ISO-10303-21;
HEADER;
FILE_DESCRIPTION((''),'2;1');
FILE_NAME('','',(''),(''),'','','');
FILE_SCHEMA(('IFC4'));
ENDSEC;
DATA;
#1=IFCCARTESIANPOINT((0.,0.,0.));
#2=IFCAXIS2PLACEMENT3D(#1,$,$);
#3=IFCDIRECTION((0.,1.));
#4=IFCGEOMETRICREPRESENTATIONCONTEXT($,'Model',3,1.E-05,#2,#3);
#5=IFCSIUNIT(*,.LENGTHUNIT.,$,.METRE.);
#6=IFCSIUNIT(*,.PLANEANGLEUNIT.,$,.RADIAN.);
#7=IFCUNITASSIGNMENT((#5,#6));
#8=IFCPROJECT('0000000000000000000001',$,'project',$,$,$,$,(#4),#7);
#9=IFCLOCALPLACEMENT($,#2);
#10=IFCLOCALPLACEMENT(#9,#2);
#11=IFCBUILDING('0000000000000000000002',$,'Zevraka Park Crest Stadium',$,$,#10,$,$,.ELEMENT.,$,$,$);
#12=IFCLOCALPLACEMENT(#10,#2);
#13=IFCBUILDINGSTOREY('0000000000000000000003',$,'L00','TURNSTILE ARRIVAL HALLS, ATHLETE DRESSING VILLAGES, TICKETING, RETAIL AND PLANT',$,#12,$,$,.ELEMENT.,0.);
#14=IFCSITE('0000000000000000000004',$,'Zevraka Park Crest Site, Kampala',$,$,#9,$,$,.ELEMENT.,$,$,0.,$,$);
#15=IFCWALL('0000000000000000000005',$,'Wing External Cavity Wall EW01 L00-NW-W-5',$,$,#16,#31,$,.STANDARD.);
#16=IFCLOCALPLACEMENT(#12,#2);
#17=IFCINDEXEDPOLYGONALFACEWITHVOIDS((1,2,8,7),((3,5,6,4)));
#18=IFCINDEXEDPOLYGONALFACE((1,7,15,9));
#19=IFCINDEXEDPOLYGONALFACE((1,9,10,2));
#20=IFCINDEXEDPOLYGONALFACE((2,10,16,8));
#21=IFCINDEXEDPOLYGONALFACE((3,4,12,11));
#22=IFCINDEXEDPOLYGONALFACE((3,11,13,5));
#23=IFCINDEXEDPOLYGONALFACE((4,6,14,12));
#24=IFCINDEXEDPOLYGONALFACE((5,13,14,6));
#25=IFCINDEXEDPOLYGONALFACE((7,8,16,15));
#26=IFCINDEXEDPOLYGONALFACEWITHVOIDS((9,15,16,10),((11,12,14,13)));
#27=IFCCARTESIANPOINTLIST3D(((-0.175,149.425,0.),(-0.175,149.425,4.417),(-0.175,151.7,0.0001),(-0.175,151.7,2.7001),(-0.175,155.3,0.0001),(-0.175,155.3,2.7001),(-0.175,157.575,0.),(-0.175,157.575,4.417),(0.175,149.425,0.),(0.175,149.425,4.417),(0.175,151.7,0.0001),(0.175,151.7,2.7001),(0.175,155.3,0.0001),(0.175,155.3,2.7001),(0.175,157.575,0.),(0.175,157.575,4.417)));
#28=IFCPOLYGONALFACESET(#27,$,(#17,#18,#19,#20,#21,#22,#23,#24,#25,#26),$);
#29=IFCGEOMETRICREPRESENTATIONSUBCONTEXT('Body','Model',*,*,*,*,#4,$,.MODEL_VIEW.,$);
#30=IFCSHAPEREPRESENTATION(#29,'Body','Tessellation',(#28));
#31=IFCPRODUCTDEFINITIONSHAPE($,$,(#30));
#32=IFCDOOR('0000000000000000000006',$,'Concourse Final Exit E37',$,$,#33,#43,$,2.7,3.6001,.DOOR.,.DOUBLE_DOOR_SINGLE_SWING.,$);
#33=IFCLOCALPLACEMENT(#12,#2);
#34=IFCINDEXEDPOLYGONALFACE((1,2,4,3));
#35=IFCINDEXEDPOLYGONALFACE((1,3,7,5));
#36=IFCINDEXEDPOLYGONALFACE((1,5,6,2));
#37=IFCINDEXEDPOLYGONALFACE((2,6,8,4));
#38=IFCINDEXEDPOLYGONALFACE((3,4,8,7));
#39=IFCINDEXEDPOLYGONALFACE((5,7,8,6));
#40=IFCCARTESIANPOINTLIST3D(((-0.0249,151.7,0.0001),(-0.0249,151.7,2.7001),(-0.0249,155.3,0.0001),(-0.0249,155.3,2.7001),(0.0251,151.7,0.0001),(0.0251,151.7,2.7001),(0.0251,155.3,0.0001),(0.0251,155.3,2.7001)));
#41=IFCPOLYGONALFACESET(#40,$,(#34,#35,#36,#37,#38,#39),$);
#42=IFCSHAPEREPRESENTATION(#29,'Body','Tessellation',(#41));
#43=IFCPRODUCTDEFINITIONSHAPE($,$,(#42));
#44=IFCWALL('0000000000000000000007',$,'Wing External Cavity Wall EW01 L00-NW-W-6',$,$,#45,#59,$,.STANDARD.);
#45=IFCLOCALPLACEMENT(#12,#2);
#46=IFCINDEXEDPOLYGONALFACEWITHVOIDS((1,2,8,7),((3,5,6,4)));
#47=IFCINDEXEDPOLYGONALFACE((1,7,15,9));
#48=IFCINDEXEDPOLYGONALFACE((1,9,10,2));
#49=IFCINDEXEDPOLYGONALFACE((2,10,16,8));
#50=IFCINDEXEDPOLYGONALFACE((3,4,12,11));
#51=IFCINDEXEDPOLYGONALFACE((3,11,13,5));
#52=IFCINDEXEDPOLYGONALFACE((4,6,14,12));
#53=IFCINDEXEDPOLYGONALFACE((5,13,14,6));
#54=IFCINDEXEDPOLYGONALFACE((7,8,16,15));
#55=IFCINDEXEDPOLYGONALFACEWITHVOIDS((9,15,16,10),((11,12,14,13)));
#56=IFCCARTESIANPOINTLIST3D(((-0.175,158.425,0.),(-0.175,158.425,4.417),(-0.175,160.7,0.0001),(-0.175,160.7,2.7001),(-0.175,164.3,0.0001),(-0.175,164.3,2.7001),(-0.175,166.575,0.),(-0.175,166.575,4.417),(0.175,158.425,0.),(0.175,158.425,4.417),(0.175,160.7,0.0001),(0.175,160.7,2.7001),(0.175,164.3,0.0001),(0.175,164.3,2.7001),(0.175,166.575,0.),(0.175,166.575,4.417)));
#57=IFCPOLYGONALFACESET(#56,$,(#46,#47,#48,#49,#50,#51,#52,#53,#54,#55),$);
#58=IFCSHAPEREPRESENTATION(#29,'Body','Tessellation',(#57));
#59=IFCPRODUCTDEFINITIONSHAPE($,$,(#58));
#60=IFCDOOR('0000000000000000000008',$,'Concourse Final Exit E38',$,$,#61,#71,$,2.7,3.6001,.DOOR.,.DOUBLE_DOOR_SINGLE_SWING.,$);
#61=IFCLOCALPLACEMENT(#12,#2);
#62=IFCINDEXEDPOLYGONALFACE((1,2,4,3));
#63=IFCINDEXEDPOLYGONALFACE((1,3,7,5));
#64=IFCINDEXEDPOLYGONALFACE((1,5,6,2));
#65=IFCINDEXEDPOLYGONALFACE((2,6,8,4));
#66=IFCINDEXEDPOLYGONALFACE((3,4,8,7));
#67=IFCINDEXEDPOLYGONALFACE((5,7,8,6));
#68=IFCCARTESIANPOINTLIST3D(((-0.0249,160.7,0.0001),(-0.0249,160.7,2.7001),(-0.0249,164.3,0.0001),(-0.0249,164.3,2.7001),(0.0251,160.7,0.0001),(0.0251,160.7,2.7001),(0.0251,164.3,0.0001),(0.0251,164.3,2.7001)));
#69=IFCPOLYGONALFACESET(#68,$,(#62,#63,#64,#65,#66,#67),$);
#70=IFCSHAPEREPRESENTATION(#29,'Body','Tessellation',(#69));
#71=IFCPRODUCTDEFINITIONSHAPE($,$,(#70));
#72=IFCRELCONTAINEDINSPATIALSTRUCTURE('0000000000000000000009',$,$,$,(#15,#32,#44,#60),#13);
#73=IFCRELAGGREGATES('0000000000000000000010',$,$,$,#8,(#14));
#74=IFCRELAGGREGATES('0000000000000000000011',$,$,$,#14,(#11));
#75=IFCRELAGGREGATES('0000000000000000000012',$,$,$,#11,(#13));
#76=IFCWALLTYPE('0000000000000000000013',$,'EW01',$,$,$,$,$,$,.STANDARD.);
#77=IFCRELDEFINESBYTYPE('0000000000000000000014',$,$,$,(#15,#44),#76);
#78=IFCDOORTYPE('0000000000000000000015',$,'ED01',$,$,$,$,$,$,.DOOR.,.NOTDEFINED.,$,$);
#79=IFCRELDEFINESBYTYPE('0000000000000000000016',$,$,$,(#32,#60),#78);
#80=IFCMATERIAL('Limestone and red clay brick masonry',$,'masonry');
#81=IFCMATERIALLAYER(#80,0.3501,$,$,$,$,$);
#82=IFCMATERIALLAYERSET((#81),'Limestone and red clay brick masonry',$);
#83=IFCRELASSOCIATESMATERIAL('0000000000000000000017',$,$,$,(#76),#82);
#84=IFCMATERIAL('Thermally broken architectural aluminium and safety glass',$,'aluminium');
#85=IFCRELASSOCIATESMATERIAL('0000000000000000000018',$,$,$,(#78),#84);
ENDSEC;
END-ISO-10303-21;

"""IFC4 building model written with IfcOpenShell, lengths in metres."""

from ifc_helpers import new_model, si_unit, direction, frame, frame_2d, origin, place, context, subcontext, project, spatial, rectangle, extrude, material, layer, layer_set, type_object, element, fill, save


model = new_model("IFC4")

# Units and contexts
model_context = context("Model", 3, precision=1e-05, world=origin(), true_north=direction((0.0, 1.0)))
body_context = subcontext(model_context, "Body", "Model", "MODEL_VIEW")
ifc_project = project(units=[si_unit("LENGTHUNIT", "METRE"), si_unit("PLANEANGLEUNIT", "RADIAN")], contexts=[model_context])

# Site, building, storey
site_placement = place(None, origin())
site = spatial("IfcSite", under=ifc_project, at=site_placement, Name="Zevraka Park Crest Site, Kampala", CompositionType="ELEMENT", RefElevation=0.0)
building_placement = place(site_placement, origin())
building = spatial("IfcBuilding", under=site, at=building_placement, Name="Zevraka Park Crest Stadium", CompositionType="ELEMENT")
storey_placement = place(building_placement, origin())
storey = spatial("IfcBuildingStorey", under=building, at=storey_placement, Name="L00", Description="TURNSTILE ARRIVAL HALLS, ATHLETE DRESSING VILLAGES, TICKETING, RETAIL AND PLANT", CompositionType="ELEMENT", Elevation=0.0)

# Walls, openings, doors
ifc_material_1 = material(Name="Limestone and red clay brick masonry", Category="masonry")
ifc_layer = layer(ifc_material_1, 0.3501)
ifc_layer_set = layer_set([ifc_layer], Name="Limestone and red clay brick masonry")
wall_type = type_object("IfcWallType", Name="EW01", PredefinedType="STANDARD", material=ifc_layer_set)
ifc_material_2 = material(Name="Thermally broken architectural aluminium and safety glass", Category="aluminium")
door_type = type_object("IfcDoorType", Name="ED01", OperationType="NOTDEFINED", PredefinedType="DOOR", material=ifc_material_2)
wall_1_placement = place(storey_placement, frame((0.0, 149.425, 0.0), z_axis=(0.0, 0.0, 1.0), x_axis=(0.0, 1.0, 0.0)))
wall_1 = element("IfcWall", 1, at=wall_1_placement, inside=storey, type_object=wall_type, Name="Wing External Cavity Wall EW01 L00-NW-W-5", PredefinedType="STANDARD", context=body_context, shape_type="SweptSolid", body=[
    extrude(rectangle(XDim=8.1499, YDim=0.3501, at=frame_2d((4.075, 0.0))), origin(), (0.0, 0.0, 1.0), 4.417),
])
opening_1_placement = place(wall_1_placement, frame((2.2749, 0.0, 0.0)))
opening_1 = element("IfcOpeningElement", 2, at=opening_1_placement, cuts=wall_1, PredefinedType="OPENING", context=body_context, shape_type="SweptSolid", body=[
    extrude(rectangle(XDim=3.6001, YDim=2.7, at=frame_2d((1.8, 1.3501))), frame((0.0, 0.1851, 0.0), z_axis=(0.0, -1.0, 0.0), x_axis=(1.0, 0.0, 0.0)), (0.0, 0.0, 1.0), 0.3701),
])
door_1_placement = place(opening_1_placement, origin())
door_1 = element("IfcDoor", 3, at=door_1_placement, inside=storey, type_object=door_type, Name="Concourse Final Exit E37", OperationType="DOUBLE_DOOR_SINGLE_SWING", OverallHeight=2.7, OverallWidth=3.6001, PredefinedType="DOOR", context=body_context, shape_type="SweptSolid", body=[
    extrude(rectangle(XDim=3.6001, YDim=2.7, at=frame_2d((1.8, 1.3501))), frame((0.0, 0.0249, 0.0), z_axis=(0.0, -1.0, 0.0), x_axis=(1.0, 0.0, 0.0)), (0.0, 0.0, 1.0), 0.05),
])
fill(opening_1, door_1)
wall_2_placement = place(storey_placement, frame((0.0, 158.425, 0.0), z_axis=(0.0, 0.0, 1.0), x_axis=(0.0, 1.0, 0.0)))
wall_2 = element("IfcWall", 4, at=wall_2_placement, inside=storey, type_object=wall_type, Name="Wing External Cavity Wall EW01 L00-NW-W-6", PredefinedType="STANDARD", context=body_context, shape_type="SweptSolid", body=[
    extrude(rectangle(XDim=8.1499, YDim=0.3501, at=frame_2d((4.075, 0.0))), origin(), (0.0, 0.0, 1.0), 4.417),
])
opening_2_placement = place(wall_2_placement, frame((2.2749, 0.0, 0.0)))
opening_2 = element("IfcOpeningElement", 5, at=opening_2_placement, cuts=wall_2, PredefinedType="OPENING", context=body_context, shape_type="SweptSolid", body=[
    extrude(rectangle(XDim=3.6001, YDim=2.7, at=frame_2d((1.8, 1.3501))), frame((0.0, 0.1851, 0.0), z_axis=(0.0, -1.0, 0.0), x_axis=(1.0, 0.0, 0.0)), (0.0, 0.0, 1.0), 0.3701),
])
door_2_placement = place(opening_2_placement, origin())
door_2 = element("IfcDoor", 6, at=door_2_placement, inside=storey, type_object=door_type, Name="Concourse Final Exit E38", OperationType="DOUBLE_DOOR_SINGLE_SWING", OverallHeight=2.7, OverallWidth=3.6001, PredefinedType="DOOR", context=body_context, shape_type="SweptSolid", body=[
    extrude(rectangle(XDim=3.6001, YDim=2.7, at=frame_2d((1.8, 1.3501))), frame((0.0, 0.0249, 0.0), z_axis=(0.0, -1.0, 0.0), x_axis=(1.0, 0.0, 0.0)), (0.0, 0.0, 1.0), 0.05),
])
fill(opening_2, door_2)

save(model, "model.ifc")
